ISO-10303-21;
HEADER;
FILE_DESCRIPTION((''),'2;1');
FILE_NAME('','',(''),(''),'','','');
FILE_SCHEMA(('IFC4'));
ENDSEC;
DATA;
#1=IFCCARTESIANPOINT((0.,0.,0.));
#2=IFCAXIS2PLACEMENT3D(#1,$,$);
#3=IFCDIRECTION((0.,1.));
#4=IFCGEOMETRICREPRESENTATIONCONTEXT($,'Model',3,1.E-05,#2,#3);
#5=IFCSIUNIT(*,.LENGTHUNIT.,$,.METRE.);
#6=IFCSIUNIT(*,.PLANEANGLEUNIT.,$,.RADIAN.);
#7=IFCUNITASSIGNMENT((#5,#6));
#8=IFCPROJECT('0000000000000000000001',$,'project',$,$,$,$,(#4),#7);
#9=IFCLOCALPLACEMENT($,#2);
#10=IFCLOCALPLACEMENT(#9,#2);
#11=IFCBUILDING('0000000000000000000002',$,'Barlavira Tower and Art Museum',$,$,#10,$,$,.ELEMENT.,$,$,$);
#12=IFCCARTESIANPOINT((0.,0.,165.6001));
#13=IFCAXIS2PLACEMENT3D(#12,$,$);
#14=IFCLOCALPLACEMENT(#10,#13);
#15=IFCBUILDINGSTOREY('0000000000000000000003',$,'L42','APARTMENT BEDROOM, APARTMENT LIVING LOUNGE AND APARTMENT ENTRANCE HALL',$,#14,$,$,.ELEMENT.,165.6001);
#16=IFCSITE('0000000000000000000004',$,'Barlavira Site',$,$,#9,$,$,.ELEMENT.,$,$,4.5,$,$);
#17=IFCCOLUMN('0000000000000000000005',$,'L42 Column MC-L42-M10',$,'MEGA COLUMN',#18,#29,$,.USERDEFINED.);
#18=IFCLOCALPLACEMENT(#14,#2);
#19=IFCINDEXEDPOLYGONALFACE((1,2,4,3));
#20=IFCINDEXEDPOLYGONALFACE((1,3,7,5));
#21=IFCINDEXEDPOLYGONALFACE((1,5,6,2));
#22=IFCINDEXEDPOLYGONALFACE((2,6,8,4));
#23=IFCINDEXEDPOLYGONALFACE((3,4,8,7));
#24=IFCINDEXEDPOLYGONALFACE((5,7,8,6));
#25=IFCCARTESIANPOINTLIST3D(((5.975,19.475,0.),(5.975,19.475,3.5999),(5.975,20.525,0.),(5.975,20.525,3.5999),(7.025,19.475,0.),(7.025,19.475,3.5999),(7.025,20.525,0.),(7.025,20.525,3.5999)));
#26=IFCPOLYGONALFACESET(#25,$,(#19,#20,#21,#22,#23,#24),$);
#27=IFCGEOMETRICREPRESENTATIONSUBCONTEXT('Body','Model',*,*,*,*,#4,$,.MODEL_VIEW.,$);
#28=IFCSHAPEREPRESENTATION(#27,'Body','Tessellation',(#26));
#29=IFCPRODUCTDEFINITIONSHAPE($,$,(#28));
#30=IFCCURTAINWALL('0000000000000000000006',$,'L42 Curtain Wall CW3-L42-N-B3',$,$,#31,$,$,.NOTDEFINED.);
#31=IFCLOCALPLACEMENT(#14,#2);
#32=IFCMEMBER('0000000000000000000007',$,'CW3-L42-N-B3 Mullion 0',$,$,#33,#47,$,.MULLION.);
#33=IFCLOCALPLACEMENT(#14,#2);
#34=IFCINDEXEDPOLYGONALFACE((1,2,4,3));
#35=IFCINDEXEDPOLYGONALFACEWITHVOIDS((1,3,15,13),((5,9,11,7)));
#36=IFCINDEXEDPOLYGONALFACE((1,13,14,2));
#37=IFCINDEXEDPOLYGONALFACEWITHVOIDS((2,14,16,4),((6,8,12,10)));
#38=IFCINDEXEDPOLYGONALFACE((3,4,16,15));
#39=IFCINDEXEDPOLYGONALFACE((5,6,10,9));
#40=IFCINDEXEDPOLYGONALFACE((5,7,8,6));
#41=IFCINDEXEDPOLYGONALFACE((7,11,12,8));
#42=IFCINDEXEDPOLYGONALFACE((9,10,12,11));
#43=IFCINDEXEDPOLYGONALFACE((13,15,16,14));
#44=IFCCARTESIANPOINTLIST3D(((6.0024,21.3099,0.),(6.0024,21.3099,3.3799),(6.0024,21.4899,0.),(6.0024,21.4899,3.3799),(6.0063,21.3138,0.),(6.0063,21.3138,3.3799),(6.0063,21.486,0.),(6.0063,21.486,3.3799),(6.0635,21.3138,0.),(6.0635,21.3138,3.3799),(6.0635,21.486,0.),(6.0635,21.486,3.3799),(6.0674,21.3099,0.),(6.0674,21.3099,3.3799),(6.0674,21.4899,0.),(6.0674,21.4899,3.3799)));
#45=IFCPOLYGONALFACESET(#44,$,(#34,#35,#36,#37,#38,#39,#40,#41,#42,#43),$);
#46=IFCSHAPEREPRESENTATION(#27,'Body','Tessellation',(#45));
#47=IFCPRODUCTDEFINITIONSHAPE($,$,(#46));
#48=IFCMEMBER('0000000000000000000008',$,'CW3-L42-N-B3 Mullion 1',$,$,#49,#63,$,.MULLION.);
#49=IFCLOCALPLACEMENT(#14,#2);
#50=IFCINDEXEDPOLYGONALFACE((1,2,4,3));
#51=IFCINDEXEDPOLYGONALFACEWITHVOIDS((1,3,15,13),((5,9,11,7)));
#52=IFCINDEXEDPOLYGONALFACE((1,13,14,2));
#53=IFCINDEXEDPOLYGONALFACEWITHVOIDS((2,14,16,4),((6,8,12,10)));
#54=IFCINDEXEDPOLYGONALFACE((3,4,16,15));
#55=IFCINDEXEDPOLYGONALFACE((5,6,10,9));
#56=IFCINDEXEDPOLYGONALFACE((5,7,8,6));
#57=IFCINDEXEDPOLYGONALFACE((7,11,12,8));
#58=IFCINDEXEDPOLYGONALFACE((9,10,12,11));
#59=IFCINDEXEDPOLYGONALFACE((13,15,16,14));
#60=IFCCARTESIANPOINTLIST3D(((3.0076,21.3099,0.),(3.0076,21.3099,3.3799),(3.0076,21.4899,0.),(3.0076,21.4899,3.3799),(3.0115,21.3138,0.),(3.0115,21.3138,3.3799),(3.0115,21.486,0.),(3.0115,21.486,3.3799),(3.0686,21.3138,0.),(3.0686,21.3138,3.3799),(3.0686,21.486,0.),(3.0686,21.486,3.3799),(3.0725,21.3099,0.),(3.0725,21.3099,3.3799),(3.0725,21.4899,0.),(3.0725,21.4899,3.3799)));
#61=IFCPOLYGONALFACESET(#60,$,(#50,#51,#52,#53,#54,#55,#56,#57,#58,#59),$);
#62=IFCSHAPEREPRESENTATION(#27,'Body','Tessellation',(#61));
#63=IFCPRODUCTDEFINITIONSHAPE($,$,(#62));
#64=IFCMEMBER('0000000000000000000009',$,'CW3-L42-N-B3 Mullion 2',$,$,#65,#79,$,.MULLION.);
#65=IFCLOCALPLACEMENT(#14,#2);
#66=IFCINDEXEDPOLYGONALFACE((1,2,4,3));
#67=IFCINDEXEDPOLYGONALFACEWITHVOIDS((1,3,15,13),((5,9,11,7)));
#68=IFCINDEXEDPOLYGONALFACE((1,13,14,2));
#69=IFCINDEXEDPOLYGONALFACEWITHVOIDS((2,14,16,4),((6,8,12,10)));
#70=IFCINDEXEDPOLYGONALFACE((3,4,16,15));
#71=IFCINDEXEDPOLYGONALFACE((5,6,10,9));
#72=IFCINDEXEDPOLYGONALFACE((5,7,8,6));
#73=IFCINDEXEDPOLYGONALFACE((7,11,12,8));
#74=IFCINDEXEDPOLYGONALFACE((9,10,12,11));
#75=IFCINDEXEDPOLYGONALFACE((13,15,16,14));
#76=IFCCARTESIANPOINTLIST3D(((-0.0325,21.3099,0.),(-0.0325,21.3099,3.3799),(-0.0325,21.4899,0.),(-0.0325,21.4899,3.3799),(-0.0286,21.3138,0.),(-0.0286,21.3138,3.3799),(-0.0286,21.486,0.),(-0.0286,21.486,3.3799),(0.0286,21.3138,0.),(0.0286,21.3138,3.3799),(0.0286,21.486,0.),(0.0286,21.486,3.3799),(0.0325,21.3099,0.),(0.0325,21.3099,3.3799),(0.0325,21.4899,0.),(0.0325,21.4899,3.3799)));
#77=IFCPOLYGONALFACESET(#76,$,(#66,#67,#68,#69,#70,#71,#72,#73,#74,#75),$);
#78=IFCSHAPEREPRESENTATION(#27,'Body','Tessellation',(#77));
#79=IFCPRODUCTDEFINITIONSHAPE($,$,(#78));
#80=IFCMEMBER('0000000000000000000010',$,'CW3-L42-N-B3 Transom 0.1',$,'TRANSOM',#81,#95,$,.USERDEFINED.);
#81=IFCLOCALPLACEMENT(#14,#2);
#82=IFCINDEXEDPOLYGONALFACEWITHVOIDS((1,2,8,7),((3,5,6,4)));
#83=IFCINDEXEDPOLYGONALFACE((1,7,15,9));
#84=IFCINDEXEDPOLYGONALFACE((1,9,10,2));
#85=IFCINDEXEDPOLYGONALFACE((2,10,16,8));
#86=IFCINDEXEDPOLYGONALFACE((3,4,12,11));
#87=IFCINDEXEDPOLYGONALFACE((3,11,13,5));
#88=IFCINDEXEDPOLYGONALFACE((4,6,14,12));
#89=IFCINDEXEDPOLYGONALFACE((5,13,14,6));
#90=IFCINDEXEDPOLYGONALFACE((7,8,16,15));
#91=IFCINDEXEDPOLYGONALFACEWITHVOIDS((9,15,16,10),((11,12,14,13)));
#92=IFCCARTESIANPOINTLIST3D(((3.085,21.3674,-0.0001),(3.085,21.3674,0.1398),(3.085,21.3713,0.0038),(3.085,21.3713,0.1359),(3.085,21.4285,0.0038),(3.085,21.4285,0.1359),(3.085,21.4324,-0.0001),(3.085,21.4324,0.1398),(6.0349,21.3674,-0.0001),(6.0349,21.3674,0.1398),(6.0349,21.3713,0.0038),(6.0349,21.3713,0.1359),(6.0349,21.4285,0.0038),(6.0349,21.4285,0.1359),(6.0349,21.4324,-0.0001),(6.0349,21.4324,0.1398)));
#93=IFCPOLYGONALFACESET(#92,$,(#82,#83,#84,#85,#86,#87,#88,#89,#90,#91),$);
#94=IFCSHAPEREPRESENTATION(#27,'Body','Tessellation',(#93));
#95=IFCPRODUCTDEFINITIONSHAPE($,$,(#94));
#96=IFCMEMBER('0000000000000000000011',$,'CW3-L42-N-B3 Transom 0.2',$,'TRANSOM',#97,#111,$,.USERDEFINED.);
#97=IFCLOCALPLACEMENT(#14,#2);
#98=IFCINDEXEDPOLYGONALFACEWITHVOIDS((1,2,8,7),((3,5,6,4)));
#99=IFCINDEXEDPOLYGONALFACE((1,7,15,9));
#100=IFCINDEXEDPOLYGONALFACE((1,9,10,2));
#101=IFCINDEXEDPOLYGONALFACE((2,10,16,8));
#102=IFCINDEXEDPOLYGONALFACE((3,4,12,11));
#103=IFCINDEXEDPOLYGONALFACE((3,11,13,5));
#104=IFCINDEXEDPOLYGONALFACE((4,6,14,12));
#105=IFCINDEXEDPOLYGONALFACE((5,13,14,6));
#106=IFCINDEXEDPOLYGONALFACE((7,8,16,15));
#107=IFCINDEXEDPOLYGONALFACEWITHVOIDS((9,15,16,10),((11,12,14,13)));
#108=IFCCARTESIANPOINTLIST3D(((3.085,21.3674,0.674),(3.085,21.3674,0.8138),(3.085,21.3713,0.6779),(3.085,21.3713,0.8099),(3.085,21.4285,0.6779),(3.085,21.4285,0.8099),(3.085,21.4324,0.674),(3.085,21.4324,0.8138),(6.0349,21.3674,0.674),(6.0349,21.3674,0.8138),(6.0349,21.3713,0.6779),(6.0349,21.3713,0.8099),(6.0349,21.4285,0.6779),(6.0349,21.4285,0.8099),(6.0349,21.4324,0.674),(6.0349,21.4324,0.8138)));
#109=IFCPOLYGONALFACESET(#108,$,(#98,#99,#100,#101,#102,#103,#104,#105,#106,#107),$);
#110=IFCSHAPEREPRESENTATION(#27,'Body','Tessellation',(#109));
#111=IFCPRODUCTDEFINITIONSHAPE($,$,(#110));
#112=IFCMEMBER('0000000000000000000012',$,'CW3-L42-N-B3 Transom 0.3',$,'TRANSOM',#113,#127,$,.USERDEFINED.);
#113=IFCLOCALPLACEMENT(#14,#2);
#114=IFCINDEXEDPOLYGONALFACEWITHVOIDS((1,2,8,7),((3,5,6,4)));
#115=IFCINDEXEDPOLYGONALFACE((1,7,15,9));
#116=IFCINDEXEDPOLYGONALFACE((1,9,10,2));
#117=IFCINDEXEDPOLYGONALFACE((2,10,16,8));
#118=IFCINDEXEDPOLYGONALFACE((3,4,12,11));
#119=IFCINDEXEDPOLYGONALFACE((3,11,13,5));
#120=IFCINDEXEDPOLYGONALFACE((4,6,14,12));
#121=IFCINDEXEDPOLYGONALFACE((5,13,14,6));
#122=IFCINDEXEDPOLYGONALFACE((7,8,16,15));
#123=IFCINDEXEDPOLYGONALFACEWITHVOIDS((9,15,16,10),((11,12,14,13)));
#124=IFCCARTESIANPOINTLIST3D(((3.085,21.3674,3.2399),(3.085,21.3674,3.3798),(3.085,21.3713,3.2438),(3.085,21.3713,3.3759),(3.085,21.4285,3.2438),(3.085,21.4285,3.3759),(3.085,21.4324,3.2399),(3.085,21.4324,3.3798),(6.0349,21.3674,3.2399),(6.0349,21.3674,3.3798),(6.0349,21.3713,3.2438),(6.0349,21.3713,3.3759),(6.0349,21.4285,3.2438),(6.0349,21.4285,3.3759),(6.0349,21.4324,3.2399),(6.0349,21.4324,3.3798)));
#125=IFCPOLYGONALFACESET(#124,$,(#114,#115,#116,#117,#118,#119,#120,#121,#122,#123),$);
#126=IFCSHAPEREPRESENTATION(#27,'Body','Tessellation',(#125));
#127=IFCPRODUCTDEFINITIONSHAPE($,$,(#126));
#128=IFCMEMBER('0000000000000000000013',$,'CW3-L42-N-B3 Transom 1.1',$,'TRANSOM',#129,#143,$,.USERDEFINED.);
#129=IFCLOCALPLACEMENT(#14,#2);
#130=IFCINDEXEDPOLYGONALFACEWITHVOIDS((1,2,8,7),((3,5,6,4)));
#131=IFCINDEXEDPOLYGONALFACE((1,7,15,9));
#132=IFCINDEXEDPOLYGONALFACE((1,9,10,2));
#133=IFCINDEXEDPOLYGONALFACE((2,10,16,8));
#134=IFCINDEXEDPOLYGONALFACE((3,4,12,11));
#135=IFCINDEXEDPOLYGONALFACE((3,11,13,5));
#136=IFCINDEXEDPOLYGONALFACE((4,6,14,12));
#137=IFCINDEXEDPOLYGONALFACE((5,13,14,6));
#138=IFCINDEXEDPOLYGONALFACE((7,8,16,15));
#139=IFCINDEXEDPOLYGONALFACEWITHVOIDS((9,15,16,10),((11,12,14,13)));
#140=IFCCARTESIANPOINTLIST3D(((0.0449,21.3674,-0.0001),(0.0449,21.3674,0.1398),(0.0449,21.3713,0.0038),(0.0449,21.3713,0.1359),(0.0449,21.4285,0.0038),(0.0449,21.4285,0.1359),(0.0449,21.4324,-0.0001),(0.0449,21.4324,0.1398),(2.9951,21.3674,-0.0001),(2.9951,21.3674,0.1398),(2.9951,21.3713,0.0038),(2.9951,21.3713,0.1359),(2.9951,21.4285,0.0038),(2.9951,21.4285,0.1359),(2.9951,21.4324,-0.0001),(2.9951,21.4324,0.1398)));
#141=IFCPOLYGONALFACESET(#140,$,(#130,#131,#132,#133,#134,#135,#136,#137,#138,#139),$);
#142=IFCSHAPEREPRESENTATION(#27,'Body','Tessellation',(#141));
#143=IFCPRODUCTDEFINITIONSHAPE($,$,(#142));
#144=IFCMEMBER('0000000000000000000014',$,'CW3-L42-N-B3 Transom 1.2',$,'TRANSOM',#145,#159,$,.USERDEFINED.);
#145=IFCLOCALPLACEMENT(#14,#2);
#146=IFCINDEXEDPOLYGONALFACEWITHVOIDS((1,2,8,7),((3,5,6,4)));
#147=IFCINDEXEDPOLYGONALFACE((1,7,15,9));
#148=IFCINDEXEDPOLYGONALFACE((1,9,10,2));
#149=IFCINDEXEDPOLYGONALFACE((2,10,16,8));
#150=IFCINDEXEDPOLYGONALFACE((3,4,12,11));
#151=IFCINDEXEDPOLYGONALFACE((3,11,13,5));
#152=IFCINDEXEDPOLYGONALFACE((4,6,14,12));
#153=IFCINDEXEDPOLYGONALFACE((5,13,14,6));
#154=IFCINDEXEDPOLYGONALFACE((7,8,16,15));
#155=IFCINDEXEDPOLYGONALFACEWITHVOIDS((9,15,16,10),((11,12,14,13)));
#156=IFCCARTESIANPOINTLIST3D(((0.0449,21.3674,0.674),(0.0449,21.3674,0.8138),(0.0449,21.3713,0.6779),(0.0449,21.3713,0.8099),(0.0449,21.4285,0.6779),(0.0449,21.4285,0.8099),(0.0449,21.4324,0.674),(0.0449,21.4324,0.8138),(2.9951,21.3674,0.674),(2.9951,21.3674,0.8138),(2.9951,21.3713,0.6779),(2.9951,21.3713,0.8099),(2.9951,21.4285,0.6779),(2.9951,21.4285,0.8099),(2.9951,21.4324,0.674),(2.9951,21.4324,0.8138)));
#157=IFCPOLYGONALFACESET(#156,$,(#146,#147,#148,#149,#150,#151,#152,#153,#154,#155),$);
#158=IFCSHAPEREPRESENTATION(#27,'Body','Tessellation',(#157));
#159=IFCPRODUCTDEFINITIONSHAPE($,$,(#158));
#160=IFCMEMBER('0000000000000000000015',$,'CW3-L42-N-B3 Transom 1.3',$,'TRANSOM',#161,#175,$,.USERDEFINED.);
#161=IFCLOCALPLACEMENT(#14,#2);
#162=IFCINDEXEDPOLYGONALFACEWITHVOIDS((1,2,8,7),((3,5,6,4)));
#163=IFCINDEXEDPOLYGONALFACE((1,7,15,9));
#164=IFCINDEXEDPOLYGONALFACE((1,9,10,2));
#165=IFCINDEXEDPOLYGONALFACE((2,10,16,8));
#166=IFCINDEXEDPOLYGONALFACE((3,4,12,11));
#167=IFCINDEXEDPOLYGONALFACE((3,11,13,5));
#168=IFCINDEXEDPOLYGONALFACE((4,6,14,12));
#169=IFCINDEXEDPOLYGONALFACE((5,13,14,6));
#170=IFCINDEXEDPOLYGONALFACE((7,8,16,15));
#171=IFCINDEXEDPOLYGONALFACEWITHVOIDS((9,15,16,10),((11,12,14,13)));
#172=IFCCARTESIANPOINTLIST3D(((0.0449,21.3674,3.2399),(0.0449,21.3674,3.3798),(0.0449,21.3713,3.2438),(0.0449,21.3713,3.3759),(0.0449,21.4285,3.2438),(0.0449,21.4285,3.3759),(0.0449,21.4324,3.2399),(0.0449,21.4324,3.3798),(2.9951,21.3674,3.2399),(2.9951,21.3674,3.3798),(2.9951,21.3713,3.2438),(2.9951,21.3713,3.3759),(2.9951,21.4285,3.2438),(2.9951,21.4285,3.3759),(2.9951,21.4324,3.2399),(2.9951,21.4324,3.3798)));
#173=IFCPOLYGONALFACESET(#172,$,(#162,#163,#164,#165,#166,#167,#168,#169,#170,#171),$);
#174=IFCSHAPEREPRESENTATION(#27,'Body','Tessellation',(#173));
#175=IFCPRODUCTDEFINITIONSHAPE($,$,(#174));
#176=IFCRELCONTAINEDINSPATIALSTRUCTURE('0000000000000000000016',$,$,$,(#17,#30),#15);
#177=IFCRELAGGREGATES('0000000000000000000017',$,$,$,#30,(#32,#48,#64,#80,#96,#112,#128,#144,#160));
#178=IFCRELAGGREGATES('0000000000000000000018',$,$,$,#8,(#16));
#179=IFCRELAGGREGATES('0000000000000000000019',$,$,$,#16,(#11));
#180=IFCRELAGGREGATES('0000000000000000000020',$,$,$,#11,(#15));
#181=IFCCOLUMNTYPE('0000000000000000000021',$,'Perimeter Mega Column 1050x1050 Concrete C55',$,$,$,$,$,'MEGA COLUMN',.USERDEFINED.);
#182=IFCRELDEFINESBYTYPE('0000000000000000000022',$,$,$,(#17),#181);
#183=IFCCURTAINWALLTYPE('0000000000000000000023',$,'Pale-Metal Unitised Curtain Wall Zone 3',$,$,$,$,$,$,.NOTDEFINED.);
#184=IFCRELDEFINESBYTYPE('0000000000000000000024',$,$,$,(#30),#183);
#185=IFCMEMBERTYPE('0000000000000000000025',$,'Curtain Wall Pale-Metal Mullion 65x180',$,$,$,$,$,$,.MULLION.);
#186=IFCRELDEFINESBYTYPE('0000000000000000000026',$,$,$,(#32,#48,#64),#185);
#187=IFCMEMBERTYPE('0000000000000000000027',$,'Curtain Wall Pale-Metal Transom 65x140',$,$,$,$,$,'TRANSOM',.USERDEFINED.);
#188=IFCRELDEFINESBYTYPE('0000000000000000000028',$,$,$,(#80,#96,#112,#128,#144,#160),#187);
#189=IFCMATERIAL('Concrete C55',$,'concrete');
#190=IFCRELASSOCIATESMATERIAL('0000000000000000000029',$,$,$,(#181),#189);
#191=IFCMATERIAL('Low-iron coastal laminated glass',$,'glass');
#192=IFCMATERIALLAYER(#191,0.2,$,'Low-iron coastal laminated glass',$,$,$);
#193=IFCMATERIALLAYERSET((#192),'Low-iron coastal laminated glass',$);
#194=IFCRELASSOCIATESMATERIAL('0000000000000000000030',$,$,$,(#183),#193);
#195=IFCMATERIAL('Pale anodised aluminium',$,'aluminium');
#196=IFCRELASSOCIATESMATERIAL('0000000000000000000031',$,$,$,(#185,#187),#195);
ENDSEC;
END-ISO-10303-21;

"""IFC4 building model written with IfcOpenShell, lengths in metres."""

from ifc_helpers import new_model, si_unit, direction, frame, origin, origin_2d, place, context, subcontext, project, spatial, rectangle, hollow_rectangle, extrude, material, layer, layer_set, material_profile, profile_set, type_object, element, aggregate, save


model = new_model("IFC4")

# Units and contexts
model_context = context("Model", 3, precision=1e-05, world=origin(), true_north=direction((0.0, 1.0)))
body_context = subcontext(model_context, "Body", "Model", "MODEL_VIEW")
ifc_project = project(units=[si_unit("LENGTHUNIT", "METRE"), si_unit("PLANEANGLEUNIT", "RADIAN")], contexts=[model_context])

# Site, building, storey
site_placement = place(None, origin())
site = spatial("IfcSite", under=ifc_project, at=site_placement, Name="Barlavira Site", CompositionType="ELEMENT", RefElevation=4.5)
building_placement = place(site_placement, origin())
building = spatial("IfcBuilding", under=site, at=building_placement, Name="Barlavira Tower and Art Museum", CompositionType="ELEMENT")
storey_placement = place(building_placement, frame((0.0, 0.0, 165.6001)))
storey = spatial("IfcBuildingStorey", under=building, at=storey_placement, Name="L42", Description="APARTMENT BEDROOM, APARTMENT LIVING LOUNGE AND APARTMENT ENTRANCE HALL", CompositionType="ELEMENT", Elevation=165.6001)

# Column
ifc_material_1 = material(Name="Concrete C55", Category="concrete")
ifc_material_profile_1 = material_profile(ifc_material_1, rectangle(XDim=1.05, YDim=1.05, at=origin_2d()), Name="RC-COL 1050x1050")
ifc_profile_set_1 = profile_set([ifc_material_profile_1], Name="Concrete C55")
column_type = type_object("IfcColumnType", Name="Perimeter Mega Column 1050x1050 Concrete C55", ElementType="MEGA COLUMN", PredefinedType="USERDEFINED", material=ifc_profile_set_1)
column_placement = place(storey_placement, frame((6.5, 20.0, 0.0), z_axis=(0.0, 0.0, 1.0), x_axis=(1.0, 0.0, 0.0)))
element("IfcColumn", 1, at=column_placement, inside=storey, type_object=column_type, Name="L42 Column MC-L42-M10", ObjectType="MEGA COLUMN", PredefinedType="USERDEFINED", context=body_context, shape_type="SweptSolid", body=[
    extrude(rectangle(XDim=1.05, YDim=1.05, at=origin_2d()), origin(), (0.0, 0.0, 1.0), 3.5999),
])

# Curtain wall, members
ifc_material_2 = material(Name="Low-iron coastal laminated glass", Category="glass")
ifc_layer_1 = layer(ifc_material_2, 0.2, Name="Low-iron coastal laminated glass")
ifc_layer_set_1 = layer_set([ifc_layer_1], Name="Low-iron coastal laminated glass")
curtain_wall_type = type_object("IfcCurtainWallType", Name="Pale-Metal Unitised Curtain Wall Zone 3", PredefinedType="NOTDEFINED", material=ifc_layer_set_1)
curtain_wall_placement = place(storey_placement, origin())
curtain_wall = element("IfcCurtainWall", 2, at=curtain_wall_placement, inside=storey, type_object=curtain_wall_type, Name="L42 Curtain Wall CW3-L42-N-B3", PredefinedType="NOTDEFINED")
ifc_material_3 = material(Name="Pale anodised aluminium", Category="aluminium")
ifc_material_profile_2 = material_profile(ifc_material_3, hollow_rectangle(XDim=0.0649, YDim=0.1799, WallThickness=0.0039, at=origin_2d()), Name="ALU-MULL 65x180x4")
ifc_profile_set_2 = profile_set([ifc_material_profile_2], Name="Pale anodised aluminium")
member_type_1 = type_object("IfcMemberType", Name="Curtain Wall Pale-Metal Mullion 65x180", PredefinedType="MULLION", material=ifc_profile_set_2)
member_1_placement = place(storey_placement, frame((6.0349, 21.3999, 0.0), z_axis=(0.0, 0.0, 1.0), x_axis=(-1.0, 0.0, 0.0)))
member_1 = element("IfcMember", 3, at=member_1_placement, type_object=member_type_1, Name="CW3-L42-N-B3 Mullion 0", PredefinedType="MULLION", context=body_context, shape_type="SweptSolid", body=[
    extrude(hollow_rectangle(XDim=0.0649, YDim=0.1799, WallThickness=0.0039, at=origin_2d()), origin(), (0.0, 0.0, 1.0), 3.3799),
])
member_2_placement = place(storey_placement, frame((3.04, 21.3999, 0.0), z_axis=(0.0, 0.0, 1.0), x_axis=(-1.0, 0.0, 0.0)))
member_2 = element("IfcMember", 4, at=member_2_placement, type_object=member_type_1, Name="CW3-L42-N-B3 Mullion 1", PredefinedType="MULLION", context=body_context, shape_type="SweptSolid", body=[
    extrude(hollow_rectangle(XDim=0.0649, YDim=0.1799, WallThickness=0.0039, at=origin_2d()), origin(), (0.0, 0.0, 1.0), 3.3799),
])
member_3_placement = place(storey_placement, frame((0.0, 21.3999, 0.0), z_axis=(0.0, 0.0, 1.0), x_axis=(-1.0, 0.0, 0.0)))
member_3 = element("IfcMember", 5, at=member_3_placement, type_object=member_type_1, Name="CW3-L42-N-B3 Mullion 2", PredefinedType="MULLION", context=body_context, shape_type="SweptSolid", body=[
    extrude(hollow_rectangle(XDim=0.0649, YDim=0.1799, WallThickness=0.0039, at=origin_2d()), origin(), (0.0, 0.0, 1.0), 3.3799),
])
ifc_material_profile_3 = material_profile(ifc_material_3, hollow_rectangle(XDim=0.0649, YDim=0.1399, WallThickness=0.0039, at=origin_2d()), Name="ALU-TRAN 65x140x4")
ifc_profile_set_3 = profile_set([ifc_material_profile_3], Name="Pale anodised aluminium")
member_type_2 = type_object("IfcMemberType", Name="Curtain Wall Pale-Metal Transom 65x140", ElementType="TRANSOM", PredefinedType="USERDEFINED", material=ifc_profile_set_3)
member_4_placement = place(storey_placement, frame((6.0349, 21.3999, 0.0698), z_axis=(-1.0, 0.0, 0.0), x_axis=(0.0, -1.0, 0.0)))
member_4 = element("IfcMember", 6, at=member_4_placement, type_object=member_type_2, Name="CW3-L42-N-B3 Transom 0.1", ObjectType="TRANSOM", PredefinedType="USERDEFINED", context=body_context, shape_type="SweptSolid", body=[
    extrude(hollow_rectangle(XDim=0.0649, YDim=0.1399, WallThickness=0.0039, at=origin_2d()), origin(), (0.0, 0.0, 1.0), 2.95),
])
member_5_placement = place(storey_placement, frame((6.0349, 21.3999, 0.7439), z_axis=(-1.0, 0.0, 0.0), x_axis=(0.0, -1.0, 0.0)))
member_5 = element("IfcMember", 7, at=member_5_placement, type_object=member_type_2, Name="CW3-L42-N-B3 Transom 0.2", ObjectType="TRANSOM", PredefinedType="USERDEFINED", context=body_context, shape_type="SweptSolid", body=[
    extrude(hollow_rectangle(XDim=0.0649, YDim=0.1399, WallThickness=0.0039, at=origin_2d()), origin(), (0.0, 0.0, 1.0), 2.95),
])
member_6_placement = place(storey_placement, frame((6.0349, 21.3999, 3.3098), z_axis=(-1.0, 0.0, 0.0), x_axis=(0.0, -1.0, 0.0)))
member_6 = element("IfcMember", 8, at=member_6_placement, type_object=member_type_2, Name="CW3-L42-N-B3 Transom 0.3", ObjectType="TRANSOM", PredefinedType="USERDEFINED", context=body_context, shape_type="SweptSolid", body=[
    extrude(hollow_rectangle(XDim=0.0649, YDim=0.1399, WallThickness=0.0039, at=origin_2d()), origin(), (0.0, 0.0, 1.0), 2.95),
])
member_7_placement = place(storey_placement, frame((2.9951, 21.3999, 0.0698), z_axis=(-1.0, 0.0, 0.0), x_axis=(0.0, -1.0, 0.0)))
member_7 = element("IfcMember", 9, at=member_7_placement, type_object=member_type_2, Name="CW3-L42-N-B3 Transom 1.1", ObjectType="TRANSOM", PredefinedType="USERDEFINED", context=body_context, shape_type="SweptSolid", body=[
    extrude(hollow_rectangle(XDim=0.0649, YDim=0.1399, WallThickness=0.0039, at=origin_2d()), origin(), (0.0, 0.0, 1.0), 2.9502),
])
member_8_placement = place(storey_placement, frame((2.9951, 21.3999, 0.7439), z_axis=(-1.0, 0.0, 0.0), x_axis=(0.0, -1.0, 0.0)))
member_8 = element("IfcMember", 10, at=member_8_placement, type_object=member_type_2, Name="CW3-L42-N-B3 Transom 1.2", ObjectType="TRANSOM", PredefinedType="USERDEFINED", context=body_context, shape_type="SweptSolid", body=[
    extrude(hollow_rectangle(XDim=0.0649, YDim=0.1399, WallThickness=0.0039, at=origin_2d()), origin(), (0.0, 0.0, 1.0), 2.9502),
])
member_9_placement = place(storey_placement, frame((2.9951, 21.3999, 3.3098), z_axis=(-1.0, 0.0, 0.0), x_axis=(0.0, -1.0, 0.0)))
member_9 = element("IfcMember", 11, at=member_9_placement, type_object=member_type_2, Name="CW3-L42-N-B3 Transom 1.3", ObjectType="TRANSOM", PredefinedType="USERDEFINED", context=body_context, shape_type="SweptSolid", body=[
    extrude(hollow_rectangle(XDim=0.0649, YDim=0.1399, WallThickness=0.0039, at=origin_2d()), origin(), (0.0, 0.0, 1.0), 2.9502),
])

aggregate(curtain_wall, [member_1, member_2, member_3, member_4, member_5, member_6, member_7, member_8, member_9])

save(model, "model.ifc")
